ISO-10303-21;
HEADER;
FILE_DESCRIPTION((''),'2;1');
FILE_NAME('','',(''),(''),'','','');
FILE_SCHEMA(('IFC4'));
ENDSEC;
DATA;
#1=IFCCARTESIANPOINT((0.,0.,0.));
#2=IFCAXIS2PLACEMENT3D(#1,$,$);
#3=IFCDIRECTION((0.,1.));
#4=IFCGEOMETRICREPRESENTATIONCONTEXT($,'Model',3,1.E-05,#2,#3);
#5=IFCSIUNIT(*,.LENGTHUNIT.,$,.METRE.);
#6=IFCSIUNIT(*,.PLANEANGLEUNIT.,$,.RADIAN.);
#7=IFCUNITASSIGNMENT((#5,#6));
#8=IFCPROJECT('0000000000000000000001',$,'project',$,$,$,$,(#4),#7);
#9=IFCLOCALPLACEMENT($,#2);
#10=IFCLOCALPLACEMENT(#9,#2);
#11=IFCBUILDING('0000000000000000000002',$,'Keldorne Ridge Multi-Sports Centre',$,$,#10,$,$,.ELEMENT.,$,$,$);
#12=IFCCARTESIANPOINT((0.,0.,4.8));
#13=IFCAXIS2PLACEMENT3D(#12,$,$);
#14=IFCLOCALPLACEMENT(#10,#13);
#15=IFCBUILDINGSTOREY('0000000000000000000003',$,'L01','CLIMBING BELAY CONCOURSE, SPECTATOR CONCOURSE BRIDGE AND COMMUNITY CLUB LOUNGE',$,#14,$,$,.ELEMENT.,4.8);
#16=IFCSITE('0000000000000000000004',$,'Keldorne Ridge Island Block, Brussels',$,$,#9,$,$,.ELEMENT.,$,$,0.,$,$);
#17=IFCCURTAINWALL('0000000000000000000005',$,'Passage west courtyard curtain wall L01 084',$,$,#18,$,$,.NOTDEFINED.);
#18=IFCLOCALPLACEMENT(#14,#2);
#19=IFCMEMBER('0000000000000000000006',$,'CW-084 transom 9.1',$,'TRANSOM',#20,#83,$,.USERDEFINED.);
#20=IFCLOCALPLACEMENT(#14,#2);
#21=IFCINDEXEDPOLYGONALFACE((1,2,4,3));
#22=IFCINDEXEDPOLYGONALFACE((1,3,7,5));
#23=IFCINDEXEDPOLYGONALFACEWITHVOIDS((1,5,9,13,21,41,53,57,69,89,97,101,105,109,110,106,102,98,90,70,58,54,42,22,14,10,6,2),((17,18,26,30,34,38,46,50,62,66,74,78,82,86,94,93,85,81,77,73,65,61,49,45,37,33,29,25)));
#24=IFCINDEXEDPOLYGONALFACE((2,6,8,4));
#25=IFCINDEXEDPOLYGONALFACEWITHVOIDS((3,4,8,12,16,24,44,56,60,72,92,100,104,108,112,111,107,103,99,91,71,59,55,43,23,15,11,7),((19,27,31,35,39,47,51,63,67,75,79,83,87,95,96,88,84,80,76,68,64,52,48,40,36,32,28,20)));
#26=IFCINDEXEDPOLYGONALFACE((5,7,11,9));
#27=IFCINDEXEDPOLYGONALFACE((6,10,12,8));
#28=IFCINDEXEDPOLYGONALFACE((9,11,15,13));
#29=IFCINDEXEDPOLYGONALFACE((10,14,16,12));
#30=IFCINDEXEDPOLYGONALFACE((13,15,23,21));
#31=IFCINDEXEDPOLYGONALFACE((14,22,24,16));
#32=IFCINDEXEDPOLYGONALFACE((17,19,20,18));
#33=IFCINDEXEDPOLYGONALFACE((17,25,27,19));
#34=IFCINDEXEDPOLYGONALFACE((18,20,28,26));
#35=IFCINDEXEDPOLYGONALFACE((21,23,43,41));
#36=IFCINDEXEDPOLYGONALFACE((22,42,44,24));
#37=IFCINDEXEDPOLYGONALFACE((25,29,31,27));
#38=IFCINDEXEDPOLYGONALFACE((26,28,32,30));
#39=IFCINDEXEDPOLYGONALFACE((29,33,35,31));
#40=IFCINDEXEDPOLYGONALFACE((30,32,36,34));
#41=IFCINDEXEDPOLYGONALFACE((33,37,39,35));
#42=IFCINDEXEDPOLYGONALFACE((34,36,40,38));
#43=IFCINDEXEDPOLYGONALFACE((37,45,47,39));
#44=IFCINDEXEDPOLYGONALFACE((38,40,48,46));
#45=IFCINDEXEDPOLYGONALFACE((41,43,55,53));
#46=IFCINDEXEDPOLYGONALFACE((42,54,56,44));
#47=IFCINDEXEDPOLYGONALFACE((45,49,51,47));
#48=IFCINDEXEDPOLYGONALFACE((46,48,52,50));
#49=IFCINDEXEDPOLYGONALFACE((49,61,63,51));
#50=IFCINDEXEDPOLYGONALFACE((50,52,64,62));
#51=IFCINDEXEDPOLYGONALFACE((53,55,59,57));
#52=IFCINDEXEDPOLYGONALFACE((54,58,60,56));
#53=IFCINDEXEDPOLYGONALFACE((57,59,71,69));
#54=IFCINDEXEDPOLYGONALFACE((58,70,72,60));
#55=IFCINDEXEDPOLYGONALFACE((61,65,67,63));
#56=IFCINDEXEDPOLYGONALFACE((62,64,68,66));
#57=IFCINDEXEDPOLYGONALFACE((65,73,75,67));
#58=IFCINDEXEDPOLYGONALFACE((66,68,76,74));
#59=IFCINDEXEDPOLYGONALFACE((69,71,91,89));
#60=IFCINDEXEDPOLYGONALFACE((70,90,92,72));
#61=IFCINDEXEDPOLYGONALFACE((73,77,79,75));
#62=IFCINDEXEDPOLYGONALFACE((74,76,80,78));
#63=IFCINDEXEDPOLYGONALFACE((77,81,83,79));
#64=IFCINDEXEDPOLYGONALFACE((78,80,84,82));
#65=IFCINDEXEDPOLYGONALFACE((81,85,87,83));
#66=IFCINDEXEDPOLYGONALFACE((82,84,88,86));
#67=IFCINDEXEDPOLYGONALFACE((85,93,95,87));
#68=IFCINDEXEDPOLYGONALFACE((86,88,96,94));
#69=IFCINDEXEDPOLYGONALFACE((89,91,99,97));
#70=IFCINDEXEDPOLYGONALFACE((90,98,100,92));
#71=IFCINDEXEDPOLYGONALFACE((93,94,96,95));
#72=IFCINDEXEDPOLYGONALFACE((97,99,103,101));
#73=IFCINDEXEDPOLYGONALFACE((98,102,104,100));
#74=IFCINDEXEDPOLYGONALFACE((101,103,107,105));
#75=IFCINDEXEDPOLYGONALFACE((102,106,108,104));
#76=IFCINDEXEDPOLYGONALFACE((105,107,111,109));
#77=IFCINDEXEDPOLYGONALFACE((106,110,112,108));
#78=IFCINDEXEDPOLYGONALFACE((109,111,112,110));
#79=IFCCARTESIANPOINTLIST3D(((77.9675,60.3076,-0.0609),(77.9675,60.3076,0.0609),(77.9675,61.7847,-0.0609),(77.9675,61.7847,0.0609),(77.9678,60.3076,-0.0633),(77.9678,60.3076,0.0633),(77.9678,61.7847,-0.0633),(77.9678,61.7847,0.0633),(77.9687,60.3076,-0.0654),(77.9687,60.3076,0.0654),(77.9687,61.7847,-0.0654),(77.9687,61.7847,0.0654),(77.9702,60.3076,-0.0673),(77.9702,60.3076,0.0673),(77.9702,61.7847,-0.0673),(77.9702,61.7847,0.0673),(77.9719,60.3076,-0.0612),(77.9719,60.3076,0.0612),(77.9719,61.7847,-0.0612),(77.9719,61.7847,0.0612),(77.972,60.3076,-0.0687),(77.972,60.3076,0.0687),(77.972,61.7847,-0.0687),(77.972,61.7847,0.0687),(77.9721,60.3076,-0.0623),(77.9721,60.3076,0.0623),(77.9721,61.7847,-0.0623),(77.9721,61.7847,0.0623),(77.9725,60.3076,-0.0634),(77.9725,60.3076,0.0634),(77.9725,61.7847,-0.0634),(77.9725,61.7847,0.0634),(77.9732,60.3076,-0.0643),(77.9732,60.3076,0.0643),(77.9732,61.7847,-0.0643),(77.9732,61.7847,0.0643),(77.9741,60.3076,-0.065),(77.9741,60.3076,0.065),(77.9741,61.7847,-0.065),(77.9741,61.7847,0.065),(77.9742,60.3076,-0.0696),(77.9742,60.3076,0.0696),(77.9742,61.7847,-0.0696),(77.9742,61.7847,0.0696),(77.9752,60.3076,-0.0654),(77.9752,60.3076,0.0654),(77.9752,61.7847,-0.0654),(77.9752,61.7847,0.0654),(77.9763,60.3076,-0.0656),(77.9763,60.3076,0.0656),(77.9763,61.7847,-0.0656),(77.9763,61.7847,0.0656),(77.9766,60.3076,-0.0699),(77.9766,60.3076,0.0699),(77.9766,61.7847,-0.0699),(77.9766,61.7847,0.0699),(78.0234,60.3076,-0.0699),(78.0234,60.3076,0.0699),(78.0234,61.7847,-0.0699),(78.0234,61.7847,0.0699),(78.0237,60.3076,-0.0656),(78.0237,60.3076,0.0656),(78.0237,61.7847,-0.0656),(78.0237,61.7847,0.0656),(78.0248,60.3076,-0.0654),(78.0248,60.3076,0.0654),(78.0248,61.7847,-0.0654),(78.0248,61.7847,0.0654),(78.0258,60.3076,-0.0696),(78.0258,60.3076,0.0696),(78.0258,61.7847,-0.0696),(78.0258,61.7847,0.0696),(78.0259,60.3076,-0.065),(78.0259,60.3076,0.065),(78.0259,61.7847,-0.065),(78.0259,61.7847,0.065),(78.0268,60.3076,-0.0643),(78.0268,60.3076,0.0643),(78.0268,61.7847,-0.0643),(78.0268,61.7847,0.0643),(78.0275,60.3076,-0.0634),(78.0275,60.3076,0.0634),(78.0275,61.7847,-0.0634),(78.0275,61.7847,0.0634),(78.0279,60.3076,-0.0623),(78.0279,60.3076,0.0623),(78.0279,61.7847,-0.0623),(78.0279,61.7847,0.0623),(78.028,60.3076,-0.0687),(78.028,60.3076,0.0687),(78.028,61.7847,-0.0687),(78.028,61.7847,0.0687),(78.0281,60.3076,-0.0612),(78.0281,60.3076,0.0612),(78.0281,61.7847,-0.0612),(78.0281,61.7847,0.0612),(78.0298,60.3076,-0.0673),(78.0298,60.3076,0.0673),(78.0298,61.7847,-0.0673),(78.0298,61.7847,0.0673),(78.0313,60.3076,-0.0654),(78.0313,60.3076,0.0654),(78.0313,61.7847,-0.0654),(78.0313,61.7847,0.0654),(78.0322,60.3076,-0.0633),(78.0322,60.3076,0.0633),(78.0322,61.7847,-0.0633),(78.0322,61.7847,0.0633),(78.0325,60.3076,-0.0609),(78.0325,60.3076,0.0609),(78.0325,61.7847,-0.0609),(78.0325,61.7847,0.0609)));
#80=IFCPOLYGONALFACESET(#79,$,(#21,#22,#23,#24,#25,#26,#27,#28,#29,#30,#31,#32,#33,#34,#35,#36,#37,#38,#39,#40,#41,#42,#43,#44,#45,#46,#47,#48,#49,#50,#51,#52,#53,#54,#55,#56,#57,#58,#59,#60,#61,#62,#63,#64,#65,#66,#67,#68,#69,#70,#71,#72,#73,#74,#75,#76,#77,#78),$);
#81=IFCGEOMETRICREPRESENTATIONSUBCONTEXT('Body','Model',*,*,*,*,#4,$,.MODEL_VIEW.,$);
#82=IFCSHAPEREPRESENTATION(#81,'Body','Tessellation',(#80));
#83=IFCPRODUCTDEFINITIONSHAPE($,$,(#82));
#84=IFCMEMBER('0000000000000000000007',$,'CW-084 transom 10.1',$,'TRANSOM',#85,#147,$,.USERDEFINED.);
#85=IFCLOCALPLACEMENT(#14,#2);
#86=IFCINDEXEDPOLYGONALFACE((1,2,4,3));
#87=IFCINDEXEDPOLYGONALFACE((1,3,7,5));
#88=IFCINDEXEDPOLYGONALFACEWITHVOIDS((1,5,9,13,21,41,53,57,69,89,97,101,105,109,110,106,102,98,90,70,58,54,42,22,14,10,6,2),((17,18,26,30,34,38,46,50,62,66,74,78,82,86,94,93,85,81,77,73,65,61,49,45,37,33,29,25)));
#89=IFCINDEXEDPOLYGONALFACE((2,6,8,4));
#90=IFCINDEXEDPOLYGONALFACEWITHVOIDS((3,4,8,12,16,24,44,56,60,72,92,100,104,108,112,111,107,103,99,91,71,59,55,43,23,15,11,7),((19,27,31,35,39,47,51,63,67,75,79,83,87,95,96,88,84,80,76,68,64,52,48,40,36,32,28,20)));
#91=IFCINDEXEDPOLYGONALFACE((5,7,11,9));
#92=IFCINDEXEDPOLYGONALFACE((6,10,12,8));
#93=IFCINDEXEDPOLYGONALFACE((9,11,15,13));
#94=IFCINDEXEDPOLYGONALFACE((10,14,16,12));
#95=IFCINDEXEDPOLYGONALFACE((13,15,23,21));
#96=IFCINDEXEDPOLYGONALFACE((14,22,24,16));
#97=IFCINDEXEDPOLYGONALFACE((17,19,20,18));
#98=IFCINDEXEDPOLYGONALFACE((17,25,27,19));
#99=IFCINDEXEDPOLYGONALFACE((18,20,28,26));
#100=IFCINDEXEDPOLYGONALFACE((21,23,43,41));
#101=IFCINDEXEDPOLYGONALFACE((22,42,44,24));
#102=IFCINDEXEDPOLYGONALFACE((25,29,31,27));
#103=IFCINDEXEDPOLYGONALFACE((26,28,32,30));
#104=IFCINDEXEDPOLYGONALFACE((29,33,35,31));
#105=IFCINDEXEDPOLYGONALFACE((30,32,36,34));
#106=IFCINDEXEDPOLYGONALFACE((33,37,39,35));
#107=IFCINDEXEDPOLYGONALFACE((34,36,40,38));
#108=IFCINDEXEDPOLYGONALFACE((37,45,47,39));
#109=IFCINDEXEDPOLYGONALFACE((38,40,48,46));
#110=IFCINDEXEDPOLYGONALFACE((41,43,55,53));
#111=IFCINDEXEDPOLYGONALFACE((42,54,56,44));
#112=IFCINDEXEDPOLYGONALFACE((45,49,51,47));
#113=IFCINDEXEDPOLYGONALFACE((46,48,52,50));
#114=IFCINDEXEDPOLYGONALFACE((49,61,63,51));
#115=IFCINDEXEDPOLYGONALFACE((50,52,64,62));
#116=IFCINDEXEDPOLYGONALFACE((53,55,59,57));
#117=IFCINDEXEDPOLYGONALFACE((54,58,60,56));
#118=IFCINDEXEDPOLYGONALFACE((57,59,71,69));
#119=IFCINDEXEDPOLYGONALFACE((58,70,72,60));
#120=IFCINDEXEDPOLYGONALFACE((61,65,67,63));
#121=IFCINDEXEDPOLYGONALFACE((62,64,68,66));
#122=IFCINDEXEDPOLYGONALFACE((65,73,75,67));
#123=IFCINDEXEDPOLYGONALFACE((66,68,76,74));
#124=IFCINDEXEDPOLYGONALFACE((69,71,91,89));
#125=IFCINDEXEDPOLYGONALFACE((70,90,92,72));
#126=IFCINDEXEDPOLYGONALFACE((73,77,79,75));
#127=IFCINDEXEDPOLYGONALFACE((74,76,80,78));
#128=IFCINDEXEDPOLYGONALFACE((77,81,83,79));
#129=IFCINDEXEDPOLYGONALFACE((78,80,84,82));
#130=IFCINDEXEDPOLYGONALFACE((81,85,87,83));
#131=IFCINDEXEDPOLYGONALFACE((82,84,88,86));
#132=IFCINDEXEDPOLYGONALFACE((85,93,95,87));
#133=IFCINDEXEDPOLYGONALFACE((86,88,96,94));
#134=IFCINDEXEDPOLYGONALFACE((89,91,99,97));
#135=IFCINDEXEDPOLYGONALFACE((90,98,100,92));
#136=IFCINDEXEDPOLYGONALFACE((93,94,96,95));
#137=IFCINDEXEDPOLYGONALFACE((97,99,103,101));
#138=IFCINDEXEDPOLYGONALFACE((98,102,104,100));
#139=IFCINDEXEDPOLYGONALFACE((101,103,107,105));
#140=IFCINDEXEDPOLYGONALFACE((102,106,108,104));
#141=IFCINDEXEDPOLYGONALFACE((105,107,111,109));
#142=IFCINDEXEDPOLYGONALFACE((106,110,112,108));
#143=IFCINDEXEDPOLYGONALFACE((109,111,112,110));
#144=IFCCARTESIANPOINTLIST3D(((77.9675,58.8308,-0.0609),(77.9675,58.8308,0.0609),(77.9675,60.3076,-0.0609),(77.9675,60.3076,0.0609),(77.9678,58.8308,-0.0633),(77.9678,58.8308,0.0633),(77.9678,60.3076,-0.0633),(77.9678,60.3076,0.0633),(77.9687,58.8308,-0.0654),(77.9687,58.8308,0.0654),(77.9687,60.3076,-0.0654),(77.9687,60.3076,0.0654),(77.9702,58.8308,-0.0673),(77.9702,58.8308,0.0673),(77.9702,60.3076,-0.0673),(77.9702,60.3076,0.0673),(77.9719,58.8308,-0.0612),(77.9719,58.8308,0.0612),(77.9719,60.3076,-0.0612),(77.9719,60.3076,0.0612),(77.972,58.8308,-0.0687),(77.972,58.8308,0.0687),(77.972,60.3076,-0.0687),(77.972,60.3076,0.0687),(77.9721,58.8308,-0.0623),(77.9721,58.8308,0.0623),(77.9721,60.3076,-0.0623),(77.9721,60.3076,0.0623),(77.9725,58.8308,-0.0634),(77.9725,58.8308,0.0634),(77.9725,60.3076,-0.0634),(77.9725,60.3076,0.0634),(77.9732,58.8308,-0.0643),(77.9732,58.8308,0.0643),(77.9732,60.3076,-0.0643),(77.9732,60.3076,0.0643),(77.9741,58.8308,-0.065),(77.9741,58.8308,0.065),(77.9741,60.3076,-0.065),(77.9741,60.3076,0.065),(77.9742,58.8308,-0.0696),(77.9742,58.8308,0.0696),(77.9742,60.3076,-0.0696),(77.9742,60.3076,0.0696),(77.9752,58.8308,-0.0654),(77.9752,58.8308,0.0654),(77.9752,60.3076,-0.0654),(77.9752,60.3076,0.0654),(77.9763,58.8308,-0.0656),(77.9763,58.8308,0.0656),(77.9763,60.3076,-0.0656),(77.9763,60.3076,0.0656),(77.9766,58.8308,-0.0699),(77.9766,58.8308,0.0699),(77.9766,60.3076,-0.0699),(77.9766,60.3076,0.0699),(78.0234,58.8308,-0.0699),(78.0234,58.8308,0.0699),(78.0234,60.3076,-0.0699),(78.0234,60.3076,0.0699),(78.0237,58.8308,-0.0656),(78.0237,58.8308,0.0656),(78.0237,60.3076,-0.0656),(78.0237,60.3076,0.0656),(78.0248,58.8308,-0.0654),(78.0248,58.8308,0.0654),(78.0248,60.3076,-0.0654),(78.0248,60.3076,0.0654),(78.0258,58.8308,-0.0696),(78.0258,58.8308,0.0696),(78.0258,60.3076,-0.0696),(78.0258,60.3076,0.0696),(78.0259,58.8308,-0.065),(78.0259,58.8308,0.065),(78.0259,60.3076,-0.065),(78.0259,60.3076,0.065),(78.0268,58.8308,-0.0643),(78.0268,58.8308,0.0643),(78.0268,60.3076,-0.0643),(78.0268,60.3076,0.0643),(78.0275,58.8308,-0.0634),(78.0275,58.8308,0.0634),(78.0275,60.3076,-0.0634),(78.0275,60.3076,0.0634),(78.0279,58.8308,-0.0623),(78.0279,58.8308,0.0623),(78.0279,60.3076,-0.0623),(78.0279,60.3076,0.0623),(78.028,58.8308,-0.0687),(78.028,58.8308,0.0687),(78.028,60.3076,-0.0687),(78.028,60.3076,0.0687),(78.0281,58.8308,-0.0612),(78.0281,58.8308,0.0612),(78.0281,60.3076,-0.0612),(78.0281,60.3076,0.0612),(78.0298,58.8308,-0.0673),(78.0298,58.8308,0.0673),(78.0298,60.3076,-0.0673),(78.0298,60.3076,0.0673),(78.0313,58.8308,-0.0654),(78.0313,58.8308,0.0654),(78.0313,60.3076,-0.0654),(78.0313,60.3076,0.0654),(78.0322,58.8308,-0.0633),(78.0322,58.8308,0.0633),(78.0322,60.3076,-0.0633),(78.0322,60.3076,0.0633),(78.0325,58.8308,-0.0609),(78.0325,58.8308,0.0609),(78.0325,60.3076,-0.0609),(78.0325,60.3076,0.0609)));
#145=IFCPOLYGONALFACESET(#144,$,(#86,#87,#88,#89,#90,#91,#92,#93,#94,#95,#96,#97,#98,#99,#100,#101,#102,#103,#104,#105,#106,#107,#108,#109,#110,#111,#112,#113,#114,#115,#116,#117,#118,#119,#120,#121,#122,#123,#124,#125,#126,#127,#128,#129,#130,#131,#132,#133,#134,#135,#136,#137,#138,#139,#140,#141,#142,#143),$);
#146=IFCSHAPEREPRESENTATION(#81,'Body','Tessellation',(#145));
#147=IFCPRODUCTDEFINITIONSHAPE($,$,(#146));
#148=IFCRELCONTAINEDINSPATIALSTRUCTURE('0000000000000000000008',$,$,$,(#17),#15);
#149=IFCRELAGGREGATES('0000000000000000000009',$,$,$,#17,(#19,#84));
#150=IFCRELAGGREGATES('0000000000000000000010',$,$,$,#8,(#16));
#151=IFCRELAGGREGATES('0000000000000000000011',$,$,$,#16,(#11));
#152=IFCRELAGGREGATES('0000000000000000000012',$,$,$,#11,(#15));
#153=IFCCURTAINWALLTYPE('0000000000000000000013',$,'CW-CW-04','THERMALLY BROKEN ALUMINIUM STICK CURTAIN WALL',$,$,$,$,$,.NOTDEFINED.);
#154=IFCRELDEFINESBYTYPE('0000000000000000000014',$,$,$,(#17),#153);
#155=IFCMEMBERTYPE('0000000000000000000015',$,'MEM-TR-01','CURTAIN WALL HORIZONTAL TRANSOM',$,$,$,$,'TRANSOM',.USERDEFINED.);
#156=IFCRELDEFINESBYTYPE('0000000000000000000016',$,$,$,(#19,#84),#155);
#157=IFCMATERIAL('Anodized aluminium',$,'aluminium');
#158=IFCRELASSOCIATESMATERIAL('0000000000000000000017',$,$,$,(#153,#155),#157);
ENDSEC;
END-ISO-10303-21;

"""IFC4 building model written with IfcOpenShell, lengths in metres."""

from ifc_helpers import new_model, si_unit, direction, frame, origin, origin_2d, place, context, subcontext, project, spatial, hollow_rectangle, extrude, material, material_profile, profile_set, type_object, element, aggregate, save


model = new_model("IFC4")

# Units and contexts
model_context = context("Model", 3, precision=1e-05, world=origin(), true_north=direction((0.0, 1.0)))
body_context = subcontext(model_context, "Body", "Model", "MODEL_VIEW")
ifc_project = project(units=[si_unit("LENGTHUNIT", "METRE"), si_unit("PLANEANGLEUNIT", "RADIAN")], contexts=[model_context])

# Site, building, storey
site_placement = place(None, origin())
site = spatial("IfcSite", under=ifc_project, at=site_placement, Name="Keldorne Ridge Island Block, Brussels", CompositionType="ELEMENT", RefElevation=0.0)
building_placement = place(site_placement, origin())
building = spatial("IfcBuilding", under=site, at=building_placement, Name="Keldorne Ridge Multi-Sports Centre", CompositionType="ELEMENT")
storey_placement = place(building_placement, frame((0.0, 0.0, 4.8)))
storey = spatial("IfcBuildingStorey", under=building, at=storey_placement, Name="L01", Description="CLIMBING BELAY CONCOURSE, SPECTATOR CONCOURSE BRIDGE AND COMMUNITY CLUB LOUNGE", CompositionType="ELEMENT", Elevation=4.8)

# Curtain wall, members
ifc_material_1 = material(Name="Anodized aluminium", Category="aluminium")
curtain_wall_type = type_object("IfcCurtainWallType", Name="CW-CW-04", Description="THERMALLY BROKEN ALUMINIUM STICK CURTAIN WALL", PredefinedType="NOTDEFINED", material=ifc_material_1)
curtain_wall_placement = place(storey_placement, origin())
curtain_wall = element("IfcCurtainWall", 1, at=curtain_wall_placement, inside=storey, type_object=curtain_wall_type, Name="Passage west courtyard curtain wall L01 084", PredefinedType="NOTDEFINED")
ifc_material_profile_1 = material_profile(ifc_material_1, hollow_rectangle(XDim=0.0649, YDim=0.1399, WallThickness=0.0044, InnerFilletRadius=0.0044, OuterFilletRadius=0.009, at=origin_2d()), Name="ALU TRANSOM 140x65x4.5")
ifc_profile_set_1 = profile_set([ifc_material_profile_1], Name="Anodized aluminium")
member_type_1 = type_object("IfcMemberType", Name="MEM-TR-01", Description="CURTAIN WALL HORIZONTAL TRANSOM", ElementType="TRANSOM", PredefinedType="USERDEFINED", material=ifc_profile_set_1)
member_1_placement = place(storey_placement, frame((78.0, 61.7847, 0.0), z_axis=(0.0, -1.0, 0.0), x_axis=(1.0, 0.0, 0.0)))
member_1 = element("IfcMember", 2, at=member_1_placement, type_object=member_type_1, Name="CW-084 transom 9.1", ObjectType="TRANSOM", PredefinedType="USERDEFINED", context=body_context, shape_type="SweptSolid", body=[
    extrude(hollow_rectangle(XDim=0.0649, YDim=0.1399, WallThickness=0.0044, InnerFilletRadius=0.0044, OuterFilletRadius=0.009, at=origin_2d()), origin(), (0.0, 0.0, 1.0), 1.4771),
])
member_2_placement = place(storey_placement, frame((78.0, 60.3076, 0.0), z_axis=(0.0, -1.0, 0.0), x_axis=(1.0, 0.0, 0.0)))
member_2 = element("IfcMember", 3, at=member_2_placement, type_object=member_type_1, Name="CW-084 transom 10.1", ObjectType="TRANSOM", PredefinedType="USERDEFINED", context=body_context, shape_type="SweptSolid", body=[
    extrude(hollow_rectangle(XDim=0.0649, YDim=0.1399, WallThickness=0.0044, InnerFilletRadius=0.0044, OuterFilletRadius=0.009, at=origin_2d()), origin(), (0.0, 0.0, 1.0), 1.4768),
])
aggregate(curtain_wall, [member_1, member_2])

save(model, "model.ifc")
